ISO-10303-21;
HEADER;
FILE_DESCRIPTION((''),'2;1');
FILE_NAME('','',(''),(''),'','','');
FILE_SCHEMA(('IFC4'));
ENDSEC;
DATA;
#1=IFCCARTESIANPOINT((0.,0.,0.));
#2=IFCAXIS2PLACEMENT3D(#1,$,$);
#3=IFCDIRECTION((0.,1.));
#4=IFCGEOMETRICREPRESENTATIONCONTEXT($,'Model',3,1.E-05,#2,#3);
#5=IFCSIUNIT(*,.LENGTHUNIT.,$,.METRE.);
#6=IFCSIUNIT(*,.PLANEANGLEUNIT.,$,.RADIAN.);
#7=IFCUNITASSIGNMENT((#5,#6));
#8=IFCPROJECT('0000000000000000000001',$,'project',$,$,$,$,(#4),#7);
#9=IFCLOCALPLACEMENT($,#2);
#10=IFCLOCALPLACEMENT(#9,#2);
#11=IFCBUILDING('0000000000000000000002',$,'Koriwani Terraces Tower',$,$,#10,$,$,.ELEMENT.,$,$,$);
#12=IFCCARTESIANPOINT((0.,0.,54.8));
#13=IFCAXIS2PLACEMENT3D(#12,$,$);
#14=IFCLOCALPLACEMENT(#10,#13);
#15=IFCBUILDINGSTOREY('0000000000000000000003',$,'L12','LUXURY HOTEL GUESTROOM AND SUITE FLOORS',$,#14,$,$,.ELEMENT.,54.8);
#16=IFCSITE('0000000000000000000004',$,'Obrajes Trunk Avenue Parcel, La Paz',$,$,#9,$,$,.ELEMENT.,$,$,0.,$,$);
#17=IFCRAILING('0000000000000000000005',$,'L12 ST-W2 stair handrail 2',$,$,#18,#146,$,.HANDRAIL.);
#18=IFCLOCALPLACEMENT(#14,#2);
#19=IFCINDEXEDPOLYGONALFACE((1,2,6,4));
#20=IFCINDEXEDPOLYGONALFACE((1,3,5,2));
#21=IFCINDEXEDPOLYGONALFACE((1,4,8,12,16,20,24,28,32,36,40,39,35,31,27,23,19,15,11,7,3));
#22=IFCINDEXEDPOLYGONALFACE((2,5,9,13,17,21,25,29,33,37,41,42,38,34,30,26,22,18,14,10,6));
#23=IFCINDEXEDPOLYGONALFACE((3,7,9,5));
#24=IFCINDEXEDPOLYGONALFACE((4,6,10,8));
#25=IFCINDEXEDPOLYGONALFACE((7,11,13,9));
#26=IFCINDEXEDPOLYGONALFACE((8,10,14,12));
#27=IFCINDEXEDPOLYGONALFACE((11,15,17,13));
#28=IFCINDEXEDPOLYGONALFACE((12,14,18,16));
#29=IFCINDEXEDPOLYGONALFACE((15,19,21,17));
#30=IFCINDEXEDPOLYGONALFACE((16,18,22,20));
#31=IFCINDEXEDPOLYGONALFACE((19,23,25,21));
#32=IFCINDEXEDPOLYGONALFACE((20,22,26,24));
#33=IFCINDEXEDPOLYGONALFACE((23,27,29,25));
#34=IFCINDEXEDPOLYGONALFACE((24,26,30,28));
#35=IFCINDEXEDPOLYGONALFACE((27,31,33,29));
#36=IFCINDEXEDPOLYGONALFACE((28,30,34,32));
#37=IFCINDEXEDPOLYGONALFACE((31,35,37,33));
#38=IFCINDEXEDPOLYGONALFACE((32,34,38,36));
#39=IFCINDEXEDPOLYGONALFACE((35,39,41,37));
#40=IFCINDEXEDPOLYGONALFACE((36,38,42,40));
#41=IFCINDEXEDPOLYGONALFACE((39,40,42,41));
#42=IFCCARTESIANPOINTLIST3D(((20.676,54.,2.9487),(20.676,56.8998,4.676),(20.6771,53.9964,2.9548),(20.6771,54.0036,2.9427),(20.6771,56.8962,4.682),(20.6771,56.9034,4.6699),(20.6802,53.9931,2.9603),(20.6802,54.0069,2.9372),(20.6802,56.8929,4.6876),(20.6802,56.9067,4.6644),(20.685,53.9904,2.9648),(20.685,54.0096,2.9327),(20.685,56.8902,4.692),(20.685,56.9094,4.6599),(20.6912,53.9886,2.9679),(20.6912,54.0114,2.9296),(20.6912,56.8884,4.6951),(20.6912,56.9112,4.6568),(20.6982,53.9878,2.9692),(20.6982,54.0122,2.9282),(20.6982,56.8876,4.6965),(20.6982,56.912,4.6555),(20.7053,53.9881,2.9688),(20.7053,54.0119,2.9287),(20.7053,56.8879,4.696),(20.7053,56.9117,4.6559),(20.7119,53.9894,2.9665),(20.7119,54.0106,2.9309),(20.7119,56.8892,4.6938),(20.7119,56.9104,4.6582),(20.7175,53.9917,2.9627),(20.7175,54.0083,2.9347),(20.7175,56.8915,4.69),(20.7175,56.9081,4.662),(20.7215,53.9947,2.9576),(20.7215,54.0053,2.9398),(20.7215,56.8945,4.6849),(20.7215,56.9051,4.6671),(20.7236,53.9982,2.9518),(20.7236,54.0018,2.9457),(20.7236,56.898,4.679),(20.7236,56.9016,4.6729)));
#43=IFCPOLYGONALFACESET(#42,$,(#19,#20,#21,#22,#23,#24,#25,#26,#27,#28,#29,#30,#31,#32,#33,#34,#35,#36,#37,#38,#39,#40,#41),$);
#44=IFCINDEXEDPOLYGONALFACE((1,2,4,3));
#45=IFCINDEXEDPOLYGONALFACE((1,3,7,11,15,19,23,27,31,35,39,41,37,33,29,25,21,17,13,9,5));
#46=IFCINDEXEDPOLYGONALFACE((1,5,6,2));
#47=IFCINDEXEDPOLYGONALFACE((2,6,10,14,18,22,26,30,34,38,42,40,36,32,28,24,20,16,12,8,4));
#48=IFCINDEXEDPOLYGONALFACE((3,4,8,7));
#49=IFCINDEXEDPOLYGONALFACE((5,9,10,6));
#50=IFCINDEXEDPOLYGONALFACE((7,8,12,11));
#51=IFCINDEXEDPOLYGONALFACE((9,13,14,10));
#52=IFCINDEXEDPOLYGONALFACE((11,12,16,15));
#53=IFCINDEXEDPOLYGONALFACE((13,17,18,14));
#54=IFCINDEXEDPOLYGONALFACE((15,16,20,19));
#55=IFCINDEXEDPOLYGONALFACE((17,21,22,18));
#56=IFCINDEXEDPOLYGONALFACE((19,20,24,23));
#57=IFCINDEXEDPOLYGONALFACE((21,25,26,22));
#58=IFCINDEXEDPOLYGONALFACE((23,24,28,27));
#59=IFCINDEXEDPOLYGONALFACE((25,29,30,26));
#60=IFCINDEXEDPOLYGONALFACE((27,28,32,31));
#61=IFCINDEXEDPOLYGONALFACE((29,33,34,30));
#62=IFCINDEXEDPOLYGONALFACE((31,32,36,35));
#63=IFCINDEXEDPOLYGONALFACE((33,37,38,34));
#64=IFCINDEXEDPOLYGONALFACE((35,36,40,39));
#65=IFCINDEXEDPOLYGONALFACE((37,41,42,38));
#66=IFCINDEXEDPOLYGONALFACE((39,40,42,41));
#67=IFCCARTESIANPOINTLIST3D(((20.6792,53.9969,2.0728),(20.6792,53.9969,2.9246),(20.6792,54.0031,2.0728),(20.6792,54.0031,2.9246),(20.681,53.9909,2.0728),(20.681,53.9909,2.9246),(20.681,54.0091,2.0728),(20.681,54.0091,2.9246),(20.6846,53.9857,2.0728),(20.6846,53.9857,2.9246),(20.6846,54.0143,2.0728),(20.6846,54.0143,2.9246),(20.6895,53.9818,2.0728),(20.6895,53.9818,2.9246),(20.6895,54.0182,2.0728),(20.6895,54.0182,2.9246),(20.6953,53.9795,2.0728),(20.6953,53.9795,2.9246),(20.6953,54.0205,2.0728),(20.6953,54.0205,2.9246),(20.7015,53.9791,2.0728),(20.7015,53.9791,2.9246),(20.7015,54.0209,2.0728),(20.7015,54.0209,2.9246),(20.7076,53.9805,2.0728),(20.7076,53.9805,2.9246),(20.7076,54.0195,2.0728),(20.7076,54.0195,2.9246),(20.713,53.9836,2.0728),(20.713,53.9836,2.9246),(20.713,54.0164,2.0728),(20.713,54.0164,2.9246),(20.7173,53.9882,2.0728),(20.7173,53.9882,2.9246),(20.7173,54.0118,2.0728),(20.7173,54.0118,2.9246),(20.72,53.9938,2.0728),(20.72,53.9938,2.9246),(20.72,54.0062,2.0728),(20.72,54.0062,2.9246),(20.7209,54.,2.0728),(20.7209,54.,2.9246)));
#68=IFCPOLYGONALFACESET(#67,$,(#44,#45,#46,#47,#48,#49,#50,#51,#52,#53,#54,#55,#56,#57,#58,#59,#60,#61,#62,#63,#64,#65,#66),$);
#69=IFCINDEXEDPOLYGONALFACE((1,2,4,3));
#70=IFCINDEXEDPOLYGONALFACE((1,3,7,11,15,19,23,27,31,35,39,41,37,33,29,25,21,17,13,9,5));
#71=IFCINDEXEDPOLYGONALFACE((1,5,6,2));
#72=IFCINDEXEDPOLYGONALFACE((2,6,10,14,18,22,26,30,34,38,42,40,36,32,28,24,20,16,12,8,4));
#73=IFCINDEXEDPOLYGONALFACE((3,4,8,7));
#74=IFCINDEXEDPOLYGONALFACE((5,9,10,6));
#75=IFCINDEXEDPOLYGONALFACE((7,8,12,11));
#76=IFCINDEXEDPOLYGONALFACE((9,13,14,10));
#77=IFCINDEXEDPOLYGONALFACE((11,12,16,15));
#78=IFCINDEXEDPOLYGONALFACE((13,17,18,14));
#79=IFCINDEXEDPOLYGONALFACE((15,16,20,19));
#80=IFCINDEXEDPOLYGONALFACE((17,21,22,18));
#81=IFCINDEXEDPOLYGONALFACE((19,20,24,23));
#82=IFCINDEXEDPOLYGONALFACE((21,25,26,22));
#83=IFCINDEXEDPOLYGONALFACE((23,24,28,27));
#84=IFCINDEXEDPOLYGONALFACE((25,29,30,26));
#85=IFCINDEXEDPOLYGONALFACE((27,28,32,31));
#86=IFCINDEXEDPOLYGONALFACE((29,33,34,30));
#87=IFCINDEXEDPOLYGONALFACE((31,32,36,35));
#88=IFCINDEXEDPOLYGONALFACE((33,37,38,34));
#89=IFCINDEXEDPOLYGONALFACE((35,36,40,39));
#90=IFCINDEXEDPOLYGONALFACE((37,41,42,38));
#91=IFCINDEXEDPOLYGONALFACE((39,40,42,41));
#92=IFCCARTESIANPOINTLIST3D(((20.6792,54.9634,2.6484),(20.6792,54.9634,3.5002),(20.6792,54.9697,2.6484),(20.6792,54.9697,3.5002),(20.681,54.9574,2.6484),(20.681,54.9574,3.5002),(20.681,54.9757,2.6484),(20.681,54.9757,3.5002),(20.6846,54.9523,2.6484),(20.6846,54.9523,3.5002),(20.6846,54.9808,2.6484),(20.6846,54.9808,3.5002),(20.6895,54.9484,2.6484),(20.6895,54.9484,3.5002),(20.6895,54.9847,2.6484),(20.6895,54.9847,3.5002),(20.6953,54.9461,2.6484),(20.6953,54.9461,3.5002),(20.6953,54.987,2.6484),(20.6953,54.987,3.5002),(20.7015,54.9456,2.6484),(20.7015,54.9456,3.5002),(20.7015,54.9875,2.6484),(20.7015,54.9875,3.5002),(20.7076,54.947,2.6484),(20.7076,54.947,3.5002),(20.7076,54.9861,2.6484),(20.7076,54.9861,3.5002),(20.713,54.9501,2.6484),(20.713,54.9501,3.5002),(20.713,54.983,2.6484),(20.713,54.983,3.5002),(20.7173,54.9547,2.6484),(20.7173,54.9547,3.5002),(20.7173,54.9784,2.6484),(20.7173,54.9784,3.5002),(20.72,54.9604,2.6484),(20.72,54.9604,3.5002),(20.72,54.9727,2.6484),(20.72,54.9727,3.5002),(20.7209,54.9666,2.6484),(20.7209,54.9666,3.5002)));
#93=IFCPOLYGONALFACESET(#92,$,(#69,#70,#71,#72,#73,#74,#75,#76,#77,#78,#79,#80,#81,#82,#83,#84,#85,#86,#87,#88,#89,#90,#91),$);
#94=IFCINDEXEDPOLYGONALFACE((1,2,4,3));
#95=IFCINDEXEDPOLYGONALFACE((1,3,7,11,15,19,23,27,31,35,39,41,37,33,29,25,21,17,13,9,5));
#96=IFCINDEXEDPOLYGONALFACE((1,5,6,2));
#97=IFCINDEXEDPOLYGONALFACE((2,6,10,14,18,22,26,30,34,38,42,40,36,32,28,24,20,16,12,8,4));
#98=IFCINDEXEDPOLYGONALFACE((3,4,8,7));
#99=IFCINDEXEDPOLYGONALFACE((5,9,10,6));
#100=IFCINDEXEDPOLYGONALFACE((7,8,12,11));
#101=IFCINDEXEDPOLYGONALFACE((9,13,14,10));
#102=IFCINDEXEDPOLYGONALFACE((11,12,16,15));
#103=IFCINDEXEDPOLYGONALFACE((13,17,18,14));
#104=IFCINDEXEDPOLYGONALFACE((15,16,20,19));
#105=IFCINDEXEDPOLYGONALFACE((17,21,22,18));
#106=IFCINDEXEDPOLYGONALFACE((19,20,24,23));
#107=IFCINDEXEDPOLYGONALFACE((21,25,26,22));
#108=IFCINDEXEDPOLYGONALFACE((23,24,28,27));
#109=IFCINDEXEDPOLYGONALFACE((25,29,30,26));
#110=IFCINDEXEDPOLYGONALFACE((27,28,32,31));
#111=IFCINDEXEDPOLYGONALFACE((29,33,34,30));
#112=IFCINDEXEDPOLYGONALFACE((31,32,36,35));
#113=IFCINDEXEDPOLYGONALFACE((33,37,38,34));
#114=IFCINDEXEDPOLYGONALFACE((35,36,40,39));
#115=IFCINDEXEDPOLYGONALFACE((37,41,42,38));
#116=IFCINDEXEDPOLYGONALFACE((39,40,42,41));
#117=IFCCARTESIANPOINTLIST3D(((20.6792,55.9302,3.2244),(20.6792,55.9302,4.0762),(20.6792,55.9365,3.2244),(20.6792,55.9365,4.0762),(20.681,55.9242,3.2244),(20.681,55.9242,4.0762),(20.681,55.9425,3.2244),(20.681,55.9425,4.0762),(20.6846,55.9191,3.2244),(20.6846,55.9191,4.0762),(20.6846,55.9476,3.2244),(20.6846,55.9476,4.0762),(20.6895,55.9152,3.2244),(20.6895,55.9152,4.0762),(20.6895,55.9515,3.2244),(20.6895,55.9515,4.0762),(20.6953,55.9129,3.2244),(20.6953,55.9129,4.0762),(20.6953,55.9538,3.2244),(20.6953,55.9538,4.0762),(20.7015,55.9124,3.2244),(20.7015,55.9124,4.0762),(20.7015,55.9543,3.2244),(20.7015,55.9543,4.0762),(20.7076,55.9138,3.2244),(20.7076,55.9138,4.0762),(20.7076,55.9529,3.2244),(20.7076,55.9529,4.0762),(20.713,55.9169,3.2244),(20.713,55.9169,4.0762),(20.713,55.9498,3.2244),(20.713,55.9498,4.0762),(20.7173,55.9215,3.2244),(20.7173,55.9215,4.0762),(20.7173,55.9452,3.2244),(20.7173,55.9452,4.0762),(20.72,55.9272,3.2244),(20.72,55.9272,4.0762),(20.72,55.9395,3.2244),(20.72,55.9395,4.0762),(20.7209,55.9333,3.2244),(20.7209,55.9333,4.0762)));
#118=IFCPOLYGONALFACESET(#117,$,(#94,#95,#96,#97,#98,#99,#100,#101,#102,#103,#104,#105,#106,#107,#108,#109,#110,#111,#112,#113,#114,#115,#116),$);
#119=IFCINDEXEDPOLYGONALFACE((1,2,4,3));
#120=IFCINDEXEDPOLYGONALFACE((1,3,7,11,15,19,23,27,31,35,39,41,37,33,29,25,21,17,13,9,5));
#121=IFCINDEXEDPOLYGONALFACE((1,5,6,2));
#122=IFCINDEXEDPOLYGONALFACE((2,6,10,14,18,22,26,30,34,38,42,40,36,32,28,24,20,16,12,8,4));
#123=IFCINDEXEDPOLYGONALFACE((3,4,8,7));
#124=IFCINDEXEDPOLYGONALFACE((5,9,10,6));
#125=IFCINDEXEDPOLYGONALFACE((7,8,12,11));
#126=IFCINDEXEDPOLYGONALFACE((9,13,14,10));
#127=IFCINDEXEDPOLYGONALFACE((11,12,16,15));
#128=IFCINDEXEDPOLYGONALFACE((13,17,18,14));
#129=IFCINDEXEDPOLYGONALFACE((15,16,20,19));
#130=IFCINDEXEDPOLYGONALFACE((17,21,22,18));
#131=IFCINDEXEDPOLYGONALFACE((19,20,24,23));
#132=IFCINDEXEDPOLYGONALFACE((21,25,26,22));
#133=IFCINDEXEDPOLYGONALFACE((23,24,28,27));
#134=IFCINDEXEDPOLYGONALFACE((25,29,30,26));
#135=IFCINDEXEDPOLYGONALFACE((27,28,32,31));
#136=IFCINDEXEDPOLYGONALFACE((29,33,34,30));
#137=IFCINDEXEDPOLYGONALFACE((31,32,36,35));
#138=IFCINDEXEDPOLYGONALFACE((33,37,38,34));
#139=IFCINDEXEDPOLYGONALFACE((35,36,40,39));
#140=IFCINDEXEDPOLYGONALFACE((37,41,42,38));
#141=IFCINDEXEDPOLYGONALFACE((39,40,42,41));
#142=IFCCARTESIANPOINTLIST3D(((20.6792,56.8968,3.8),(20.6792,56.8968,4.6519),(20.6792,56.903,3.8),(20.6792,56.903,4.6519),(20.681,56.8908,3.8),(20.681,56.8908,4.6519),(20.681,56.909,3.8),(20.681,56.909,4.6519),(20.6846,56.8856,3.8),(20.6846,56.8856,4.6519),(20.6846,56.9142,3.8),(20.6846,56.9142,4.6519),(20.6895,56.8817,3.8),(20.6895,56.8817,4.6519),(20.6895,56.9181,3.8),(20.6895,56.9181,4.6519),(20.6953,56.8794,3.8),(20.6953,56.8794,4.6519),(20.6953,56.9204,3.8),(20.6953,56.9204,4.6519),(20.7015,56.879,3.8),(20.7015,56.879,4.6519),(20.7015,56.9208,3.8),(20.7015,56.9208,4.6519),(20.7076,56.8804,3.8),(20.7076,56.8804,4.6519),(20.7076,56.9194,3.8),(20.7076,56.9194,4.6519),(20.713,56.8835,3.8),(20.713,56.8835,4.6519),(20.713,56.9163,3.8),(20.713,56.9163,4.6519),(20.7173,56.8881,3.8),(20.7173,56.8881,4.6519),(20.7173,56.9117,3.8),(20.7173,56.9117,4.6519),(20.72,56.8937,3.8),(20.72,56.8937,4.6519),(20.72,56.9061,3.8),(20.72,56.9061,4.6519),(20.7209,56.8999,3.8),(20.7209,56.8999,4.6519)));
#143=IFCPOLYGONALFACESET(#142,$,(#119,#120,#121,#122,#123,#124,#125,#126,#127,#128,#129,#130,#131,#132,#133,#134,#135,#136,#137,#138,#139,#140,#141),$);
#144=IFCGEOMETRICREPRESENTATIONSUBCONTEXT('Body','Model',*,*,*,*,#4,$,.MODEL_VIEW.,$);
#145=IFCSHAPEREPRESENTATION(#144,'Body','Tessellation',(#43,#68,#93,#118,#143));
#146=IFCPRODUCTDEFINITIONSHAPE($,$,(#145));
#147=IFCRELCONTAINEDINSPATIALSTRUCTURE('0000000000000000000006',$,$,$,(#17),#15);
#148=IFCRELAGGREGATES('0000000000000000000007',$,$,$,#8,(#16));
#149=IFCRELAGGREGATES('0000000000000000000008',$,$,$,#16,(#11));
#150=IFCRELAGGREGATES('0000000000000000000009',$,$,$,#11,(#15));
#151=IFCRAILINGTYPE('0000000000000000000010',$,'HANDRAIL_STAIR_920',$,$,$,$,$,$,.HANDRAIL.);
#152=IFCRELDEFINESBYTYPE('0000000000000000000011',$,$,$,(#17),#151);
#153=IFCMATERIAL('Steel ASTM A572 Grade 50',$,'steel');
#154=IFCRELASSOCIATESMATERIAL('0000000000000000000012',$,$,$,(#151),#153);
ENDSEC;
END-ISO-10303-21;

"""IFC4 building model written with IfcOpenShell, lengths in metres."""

from ifc_helpers import new_model, si_unit, direction, frame, origin, origin_2d, place, context, subcontext, project, spatial, circle, extrude, material, type_object, element, save


model = new_model("IFC4")

# Units and contexts
model_context = context("Model", 3, precision=1e-05, world=origin(), true_north=direction((0.0, 1.0)))
body_context = subcontext(model_context, "Body", "Model", "MODEL_VIEW")
ifc_project = project(units=[si_unit("LENGTHUNIT", "METRE"), si_unit("PLANEANGLEUNIT", "RADIAN")], contexts=[model_context])

# Site, building, storey
site_placement = place(None, origin())
site = spatial("IfcSite", under=ifc_project, at=site_placement, Name="Obrajes Trunk Avenue Parcel, La Paz", CompositionType="ELEMENT", RefElevation=0.0)
building_placement = place(site_placement, origin())
building = spatial("IfcBuilding", under=site, at=building_placement, Name="Koriwani Terraces Tower", CompositionType="ELEMENT")
storey_placement = place(building_placement, frame((0.0, 0.0, 54.8)))
storey = spatial("IfcBuildingStorey", under=building, at=storey_placement, Name="L12", Description="LUXURY HOTEL GUESTROOM AND SUITE FLOORS", CompositionType="ELEMENT", Elevation=54.8)

# Shared definitions
ifc_material_1 = material(Name="Steel ASTM A572 Grade 50", Category="steel")

# Railing
railing_type_1 = type_object("IfcRailingType", Name="HANDRAIL_STAIR_920", PredefinedType="HANDRAIL", material=ifc_material_1)
railing_1_placement = place(storey_placement, frame((20.7, 54.0, 2.0728)))
element("IfcRailing", 1, at=railing_1_placement, inside=storey, type_object=railing_type_1, Name="L12 ST-W2 stair handrail 2", PredefinedType="HANDRAIL", context=body_context, shape_type="SweptSolid", body=[
    extrude(circle(Radius=0.0239, at=origin_2d()), frame((0.0, 0.0, 0.876), z_axis=(0.0, 0.859141, 0.511738), x_axis=(-1.0, 0.0, 0.0)), (0.0, 0.0, 1.0), 3.3752),
    extrude(circle(Radius=0.021, at=origin_2d()), origin(), (0.0, 0.0, 1.0), 0.8518),
    extrude(circle(Radius=0.021, at=origin_2d()), frame((0.0, 0.9666, 0.5757)), (0.0, 0.0, 1.0), 0.8518),
    extrude(circle(Radius=0.021, at=origin_2d()), frame((0.0, 1.9333, 1.1516)), (0.0, 0.0, 1.0), 0.8518),
    extrude(circle(Radius=0.021, at=origin_2d()), frame((0.0, 2.8999, 1.7273)), (0.0, 0.0, 1.0), 0.8518),
])

save(model, "model.ifc")
